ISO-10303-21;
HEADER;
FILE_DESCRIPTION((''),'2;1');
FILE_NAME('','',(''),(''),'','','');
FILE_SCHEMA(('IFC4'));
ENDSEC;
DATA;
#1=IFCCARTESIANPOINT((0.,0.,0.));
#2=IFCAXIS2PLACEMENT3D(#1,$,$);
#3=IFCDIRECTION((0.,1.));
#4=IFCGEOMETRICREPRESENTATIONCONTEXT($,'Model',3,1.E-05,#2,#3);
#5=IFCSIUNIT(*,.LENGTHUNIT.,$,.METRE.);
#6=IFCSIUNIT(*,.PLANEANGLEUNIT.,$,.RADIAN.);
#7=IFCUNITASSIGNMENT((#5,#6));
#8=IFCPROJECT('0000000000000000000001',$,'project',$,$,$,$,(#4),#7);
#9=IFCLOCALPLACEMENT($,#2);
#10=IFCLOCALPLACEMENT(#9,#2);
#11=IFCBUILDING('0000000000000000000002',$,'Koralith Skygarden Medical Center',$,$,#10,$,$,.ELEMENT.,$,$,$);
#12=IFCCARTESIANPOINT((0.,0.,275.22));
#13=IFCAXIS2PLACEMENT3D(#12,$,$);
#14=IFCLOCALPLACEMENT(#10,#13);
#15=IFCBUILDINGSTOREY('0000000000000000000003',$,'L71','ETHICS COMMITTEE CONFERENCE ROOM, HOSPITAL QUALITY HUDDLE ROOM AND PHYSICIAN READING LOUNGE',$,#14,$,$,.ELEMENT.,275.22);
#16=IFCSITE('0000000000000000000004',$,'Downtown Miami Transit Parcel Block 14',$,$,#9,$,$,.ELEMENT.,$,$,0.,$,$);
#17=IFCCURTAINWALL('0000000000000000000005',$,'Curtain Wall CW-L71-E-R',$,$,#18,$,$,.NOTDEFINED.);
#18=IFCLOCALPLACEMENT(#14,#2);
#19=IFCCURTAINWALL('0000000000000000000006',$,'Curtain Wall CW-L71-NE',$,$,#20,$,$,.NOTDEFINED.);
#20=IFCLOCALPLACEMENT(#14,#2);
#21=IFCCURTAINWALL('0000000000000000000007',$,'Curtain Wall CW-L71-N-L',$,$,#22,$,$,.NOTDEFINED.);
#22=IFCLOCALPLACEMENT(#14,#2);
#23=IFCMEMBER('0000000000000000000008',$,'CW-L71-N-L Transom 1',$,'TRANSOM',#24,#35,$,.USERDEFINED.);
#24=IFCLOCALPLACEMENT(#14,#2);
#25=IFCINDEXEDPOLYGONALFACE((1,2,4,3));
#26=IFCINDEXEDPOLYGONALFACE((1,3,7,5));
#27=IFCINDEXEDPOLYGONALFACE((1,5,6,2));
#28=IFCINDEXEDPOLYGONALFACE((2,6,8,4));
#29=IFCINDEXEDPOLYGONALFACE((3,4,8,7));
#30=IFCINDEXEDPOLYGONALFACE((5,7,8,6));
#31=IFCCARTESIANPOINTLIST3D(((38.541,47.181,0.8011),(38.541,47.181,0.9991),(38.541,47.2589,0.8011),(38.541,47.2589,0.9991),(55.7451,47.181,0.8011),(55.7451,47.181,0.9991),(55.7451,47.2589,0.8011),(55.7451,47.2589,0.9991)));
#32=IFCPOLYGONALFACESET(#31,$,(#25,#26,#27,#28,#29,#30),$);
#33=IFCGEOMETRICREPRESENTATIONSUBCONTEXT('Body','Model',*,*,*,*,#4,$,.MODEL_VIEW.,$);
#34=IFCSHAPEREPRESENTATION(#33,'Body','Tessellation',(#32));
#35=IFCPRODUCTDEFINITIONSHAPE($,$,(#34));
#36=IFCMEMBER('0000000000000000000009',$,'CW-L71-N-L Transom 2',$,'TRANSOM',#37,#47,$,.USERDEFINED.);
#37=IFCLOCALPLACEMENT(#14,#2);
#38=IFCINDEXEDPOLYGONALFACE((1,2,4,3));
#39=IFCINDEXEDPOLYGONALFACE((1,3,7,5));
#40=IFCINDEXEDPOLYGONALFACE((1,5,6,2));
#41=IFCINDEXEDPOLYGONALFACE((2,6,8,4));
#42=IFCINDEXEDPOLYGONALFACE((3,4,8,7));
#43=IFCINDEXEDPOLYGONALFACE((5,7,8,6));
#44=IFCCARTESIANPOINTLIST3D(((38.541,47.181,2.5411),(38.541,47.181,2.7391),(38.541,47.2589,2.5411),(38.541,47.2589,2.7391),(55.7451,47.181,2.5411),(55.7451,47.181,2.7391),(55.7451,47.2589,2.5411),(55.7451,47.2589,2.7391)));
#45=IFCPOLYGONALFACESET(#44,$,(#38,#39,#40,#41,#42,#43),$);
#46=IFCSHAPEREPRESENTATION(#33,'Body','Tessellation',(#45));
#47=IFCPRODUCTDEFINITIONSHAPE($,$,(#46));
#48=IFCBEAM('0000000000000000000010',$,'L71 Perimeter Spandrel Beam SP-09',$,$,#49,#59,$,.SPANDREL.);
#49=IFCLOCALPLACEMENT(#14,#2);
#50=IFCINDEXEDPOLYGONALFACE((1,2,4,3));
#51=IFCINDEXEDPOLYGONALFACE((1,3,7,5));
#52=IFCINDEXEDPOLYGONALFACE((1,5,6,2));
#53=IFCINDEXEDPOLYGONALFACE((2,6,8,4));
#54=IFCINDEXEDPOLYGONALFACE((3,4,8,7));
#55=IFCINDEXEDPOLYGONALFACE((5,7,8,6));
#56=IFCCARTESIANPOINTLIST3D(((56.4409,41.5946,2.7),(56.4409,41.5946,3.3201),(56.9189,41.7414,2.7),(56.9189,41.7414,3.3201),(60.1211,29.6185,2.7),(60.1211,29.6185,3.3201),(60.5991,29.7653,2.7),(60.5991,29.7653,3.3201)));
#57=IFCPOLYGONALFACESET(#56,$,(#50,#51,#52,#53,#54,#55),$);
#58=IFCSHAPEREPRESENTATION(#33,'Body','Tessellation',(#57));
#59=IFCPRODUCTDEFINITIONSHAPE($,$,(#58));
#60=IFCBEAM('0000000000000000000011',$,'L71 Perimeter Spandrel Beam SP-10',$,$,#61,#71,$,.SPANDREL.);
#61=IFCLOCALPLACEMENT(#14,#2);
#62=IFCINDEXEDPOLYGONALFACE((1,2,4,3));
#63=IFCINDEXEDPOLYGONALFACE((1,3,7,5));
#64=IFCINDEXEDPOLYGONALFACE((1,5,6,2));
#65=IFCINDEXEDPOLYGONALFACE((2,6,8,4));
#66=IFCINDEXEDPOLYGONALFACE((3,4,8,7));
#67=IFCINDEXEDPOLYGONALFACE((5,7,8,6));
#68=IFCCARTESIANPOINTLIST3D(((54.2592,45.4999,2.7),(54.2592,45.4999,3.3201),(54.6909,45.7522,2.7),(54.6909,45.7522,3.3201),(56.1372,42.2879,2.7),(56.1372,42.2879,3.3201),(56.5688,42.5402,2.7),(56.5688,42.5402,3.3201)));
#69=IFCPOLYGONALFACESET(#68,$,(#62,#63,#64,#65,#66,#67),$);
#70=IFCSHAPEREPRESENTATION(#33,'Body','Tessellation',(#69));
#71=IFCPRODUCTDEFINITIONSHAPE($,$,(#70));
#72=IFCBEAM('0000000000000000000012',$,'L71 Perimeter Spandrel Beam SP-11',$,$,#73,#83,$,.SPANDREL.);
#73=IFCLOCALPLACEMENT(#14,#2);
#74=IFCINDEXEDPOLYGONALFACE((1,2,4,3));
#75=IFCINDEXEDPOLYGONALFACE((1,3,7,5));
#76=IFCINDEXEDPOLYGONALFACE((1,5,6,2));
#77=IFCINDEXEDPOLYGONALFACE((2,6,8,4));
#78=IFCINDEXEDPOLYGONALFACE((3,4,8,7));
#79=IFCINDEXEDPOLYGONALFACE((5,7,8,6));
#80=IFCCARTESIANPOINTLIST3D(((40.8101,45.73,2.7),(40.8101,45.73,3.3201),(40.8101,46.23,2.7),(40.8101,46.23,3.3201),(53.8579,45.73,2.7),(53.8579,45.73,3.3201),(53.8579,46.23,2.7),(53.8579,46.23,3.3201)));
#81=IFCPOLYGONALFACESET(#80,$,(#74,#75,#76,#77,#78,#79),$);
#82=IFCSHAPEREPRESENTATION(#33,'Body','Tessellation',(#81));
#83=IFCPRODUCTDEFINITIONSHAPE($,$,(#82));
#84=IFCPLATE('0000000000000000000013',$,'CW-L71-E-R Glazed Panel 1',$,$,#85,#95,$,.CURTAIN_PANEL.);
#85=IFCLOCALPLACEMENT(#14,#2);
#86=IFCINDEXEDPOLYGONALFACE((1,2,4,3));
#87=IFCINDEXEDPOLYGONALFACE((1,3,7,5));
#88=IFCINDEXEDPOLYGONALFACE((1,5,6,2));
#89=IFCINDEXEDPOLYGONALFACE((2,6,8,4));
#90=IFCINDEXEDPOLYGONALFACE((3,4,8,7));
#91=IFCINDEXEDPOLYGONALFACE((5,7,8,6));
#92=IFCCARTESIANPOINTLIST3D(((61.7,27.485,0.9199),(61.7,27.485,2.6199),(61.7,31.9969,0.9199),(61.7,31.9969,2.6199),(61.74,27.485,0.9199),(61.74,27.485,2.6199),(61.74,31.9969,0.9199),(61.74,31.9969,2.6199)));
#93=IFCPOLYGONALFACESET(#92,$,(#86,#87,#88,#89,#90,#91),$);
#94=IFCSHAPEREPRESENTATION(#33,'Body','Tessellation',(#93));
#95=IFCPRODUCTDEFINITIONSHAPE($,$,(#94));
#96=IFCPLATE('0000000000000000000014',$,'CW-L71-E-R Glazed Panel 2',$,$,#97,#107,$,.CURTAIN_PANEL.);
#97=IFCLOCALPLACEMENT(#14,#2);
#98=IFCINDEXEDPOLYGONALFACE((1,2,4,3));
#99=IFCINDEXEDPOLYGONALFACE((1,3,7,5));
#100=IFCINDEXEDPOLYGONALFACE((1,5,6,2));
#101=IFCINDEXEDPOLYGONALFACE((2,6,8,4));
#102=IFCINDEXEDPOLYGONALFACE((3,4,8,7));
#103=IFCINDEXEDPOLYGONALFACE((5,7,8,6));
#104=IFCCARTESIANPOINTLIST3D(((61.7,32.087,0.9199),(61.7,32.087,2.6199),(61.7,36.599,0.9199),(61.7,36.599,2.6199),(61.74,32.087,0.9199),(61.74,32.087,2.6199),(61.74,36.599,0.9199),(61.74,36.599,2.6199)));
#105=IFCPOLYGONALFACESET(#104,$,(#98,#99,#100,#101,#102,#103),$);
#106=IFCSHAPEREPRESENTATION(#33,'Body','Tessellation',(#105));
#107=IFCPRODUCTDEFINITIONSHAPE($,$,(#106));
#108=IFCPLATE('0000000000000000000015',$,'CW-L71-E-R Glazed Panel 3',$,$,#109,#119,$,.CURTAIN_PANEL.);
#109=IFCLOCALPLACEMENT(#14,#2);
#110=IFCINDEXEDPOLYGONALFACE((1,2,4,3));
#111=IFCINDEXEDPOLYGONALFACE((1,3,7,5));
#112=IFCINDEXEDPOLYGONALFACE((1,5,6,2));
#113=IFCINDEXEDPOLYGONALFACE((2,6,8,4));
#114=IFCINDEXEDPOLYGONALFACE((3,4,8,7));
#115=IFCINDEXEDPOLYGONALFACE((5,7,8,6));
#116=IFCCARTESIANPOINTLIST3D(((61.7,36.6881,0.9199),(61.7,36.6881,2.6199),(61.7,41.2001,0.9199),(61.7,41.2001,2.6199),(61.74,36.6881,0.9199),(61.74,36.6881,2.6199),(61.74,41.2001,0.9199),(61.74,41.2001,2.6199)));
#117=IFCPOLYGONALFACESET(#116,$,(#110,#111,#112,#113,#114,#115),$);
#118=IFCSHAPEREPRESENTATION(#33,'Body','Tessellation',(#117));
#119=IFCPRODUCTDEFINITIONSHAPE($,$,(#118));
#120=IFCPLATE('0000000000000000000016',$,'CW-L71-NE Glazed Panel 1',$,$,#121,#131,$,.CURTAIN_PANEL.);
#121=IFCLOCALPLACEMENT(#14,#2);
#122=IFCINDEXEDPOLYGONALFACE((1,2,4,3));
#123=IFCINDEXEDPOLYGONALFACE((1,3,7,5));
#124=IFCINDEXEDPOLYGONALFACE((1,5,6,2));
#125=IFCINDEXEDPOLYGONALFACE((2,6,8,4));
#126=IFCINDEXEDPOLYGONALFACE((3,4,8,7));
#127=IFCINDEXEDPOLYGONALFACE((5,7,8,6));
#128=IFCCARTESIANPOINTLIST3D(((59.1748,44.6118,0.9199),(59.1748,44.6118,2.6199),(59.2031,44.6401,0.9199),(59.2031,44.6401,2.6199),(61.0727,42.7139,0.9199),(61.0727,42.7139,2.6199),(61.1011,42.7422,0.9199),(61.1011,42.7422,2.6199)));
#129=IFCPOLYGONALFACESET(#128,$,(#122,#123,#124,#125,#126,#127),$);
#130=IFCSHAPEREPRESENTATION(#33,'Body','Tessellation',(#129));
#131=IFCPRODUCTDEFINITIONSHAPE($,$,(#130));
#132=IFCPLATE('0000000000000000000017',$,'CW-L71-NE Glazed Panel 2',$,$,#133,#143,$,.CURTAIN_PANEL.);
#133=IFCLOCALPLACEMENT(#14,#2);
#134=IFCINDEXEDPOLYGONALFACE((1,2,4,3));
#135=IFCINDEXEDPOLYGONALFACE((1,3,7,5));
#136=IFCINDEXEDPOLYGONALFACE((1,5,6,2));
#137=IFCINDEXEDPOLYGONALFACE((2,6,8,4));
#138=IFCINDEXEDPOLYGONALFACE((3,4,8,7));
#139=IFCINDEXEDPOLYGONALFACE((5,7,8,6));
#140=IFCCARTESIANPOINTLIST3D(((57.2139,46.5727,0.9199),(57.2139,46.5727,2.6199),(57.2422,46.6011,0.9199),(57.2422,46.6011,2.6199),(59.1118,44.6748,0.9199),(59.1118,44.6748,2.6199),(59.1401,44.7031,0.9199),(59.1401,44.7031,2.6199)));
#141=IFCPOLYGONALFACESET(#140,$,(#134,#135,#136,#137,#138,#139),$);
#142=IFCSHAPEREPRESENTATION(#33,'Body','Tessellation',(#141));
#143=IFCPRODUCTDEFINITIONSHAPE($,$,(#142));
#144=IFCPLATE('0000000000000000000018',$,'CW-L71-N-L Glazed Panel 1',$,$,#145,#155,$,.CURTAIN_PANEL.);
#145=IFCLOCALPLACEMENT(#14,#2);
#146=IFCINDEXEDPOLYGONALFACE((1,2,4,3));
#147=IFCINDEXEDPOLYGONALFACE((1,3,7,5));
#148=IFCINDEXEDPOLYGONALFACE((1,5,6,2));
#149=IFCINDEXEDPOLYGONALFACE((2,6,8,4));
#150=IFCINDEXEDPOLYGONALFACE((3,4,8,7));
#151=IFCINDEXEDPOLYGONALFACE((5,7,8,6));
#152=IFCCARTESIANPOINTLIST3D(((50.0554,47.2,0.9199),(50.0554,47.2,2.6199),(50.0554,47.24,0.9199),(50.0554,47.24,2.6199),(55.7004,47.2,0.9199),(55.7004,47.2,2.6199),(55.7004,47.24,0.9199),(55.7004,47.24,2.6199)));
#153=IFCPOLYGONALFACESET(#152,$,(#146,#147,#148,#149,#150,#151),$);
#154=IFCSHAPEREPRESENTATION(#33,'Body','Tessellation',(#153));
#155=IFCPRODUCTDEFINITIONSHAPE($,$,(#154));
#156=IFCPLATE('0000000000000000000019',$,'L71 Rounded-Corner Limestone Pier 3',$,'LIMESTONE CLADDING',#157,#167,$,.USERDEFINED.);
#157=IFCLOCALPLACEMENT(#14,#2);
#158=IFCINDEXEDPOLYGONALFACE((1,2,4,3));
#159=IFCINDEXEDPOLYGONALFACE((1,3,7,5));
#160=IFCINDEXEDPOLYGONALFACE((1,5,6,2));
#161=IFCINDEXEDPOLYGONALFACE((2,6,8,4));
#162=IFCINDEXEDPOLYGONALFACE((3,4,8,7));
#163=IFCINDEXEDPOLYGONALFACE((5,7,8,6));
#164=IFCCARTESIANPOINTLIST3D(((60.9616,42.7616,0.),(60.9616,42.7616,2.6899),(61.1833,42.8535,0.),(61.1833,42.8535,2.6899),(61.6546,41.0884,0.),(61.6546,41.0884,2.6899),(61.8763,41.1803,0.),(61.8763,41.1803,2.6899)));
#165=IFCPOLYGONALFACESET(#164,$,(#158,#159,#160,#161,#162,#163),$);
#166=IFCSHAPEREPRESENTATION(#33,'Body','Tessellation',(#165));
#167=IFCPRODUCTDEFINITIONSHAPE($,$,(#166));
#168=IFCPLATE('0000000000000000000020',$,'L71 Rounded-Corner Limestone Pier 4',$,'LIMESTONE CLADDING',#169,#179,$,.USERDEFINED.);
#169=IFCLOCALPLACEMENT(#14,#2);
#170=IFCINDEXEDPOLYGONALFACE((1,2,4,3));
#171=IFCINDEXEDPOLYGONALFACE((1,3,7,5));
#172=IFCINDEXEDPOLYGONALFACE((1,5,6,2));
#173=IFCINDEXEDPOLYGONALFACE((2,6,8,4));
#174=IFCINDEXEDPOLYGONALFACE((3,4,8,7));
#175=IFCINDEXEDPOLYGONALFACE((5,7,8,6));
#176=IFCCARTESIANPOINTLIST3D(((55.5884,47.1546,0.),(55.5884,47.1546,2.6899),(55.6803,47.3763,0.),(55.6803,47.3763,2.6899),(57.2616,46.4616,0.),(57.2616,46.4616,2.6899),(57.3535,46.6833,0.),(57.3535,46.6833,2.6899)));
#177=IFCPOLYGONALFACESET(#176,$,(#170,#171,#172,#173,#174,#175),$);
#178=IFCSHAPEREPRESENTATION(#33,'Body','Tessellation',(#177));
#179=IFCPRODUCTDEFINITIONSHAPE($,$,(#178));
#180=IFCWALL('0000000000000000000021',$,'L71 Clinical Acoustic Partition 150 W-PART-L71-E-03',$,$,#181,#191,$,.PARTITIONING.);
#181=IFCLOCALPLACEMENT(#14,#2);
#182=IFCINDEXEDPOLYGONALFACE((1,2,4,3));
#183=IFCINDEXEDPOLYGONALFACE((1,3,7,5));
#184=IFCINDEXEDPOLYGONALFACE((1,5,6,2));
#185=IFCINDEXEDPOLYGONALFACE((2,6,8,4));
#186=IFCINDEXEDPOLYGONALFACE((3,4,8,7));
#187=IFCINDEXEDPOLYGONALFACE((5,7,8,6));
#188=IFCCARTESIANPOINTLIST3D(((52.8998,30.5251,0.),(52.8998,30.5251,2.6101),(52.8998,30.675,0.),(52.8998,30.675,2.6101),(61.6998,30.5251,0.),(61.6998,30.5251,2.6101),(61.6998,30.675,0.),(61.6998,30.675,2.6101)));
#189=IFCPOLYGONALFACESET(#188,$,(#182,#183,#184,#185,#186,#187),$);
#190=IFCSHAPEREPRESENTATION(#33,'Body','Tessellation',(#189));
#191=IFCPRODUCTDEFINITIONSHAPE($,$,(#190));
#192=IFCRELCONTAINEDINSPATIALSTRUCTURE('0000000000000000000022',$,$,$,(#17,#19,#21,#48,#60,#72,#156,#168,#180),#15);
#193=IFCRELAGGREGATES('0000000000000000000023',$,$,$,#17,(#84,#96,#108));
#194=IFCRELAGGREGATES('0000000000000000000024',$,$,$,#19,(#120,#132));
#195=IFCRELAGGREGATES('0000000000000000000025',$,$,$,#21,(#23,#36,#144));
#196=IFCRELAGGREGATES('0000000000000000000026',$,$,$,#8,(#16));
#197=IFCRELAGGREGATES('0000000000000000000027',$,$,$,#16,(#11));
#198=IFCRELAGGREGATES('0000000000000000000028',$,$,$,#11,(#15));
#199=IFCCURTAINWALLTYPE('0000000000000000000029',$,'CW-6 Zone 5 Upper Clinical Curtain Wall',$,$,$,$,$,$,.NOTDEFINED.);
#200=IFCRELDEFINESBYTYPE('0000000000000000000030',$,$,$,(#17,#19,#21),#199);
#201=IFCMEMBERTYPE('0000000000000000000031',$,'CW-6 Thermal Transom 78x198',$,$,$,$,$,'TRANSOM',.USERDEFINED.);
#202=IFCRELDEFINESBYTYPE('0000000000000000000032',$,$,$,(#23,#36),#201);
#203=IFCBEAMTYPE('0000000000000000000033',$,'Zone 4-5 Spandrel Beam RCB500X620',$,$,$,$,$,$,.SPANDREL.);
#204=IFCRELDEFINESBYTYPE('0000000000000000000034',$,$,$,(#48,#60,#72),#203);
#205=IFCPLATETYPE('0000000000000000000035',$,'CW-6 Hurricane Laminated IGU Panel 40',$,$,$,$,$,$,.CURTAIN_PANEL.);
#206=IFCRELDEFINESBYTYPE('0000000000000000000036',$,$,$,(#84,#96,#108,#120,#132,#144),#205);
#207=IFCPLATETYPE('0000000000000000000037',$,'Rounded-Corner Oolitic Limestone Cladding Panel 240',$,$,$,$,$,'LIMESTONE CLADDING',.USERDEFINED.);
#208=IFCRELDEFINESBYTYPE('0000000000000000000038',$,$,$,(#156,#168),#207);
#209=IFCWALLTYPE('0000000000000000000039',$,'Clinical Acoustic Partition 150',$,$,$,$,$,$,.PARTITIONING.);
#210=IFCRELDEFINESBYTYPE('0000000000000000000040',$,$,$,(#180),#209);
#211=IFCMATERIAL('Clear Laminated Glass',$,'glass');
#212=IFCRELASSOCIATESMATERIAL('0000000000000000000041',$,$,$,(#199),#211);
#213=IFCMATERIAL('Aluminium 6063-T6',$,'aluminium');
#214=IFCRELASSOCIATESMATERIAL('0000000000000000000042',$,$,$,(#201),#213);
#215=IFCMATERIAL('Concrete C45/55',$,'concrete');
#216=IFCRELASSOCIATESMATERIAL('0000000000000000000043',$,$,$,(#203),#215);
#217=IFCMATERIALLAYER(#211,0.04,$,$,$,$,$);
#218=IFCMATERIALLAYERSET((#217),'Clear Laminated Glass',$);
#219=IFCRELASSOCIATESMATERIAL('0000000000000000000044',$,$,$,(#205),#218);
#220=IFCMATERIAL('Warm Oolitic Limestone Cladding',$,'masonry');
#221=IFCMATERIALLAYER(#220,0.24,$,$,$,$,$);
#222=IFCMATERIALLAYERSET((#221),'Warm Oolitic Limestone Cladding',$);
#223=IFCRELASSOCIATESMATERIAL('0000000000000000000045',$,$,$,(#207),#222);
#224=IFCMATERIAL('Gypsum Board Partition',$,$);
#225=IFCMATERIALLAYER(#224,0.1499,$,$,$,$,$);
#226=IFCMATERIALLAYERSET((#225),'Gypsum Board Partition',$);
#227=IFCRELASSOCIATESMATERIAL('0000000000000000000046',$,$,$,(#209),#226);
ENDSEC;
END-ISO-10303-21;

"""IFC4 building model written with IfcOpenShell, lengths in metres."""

from ifc_helpers import new_model, si_unit, direction, frame, frame_2d, origin, origin_2d, place, context, subcontext, project, spatial, rectangle, extrude, material, layer, layer_set, material_profile, profile_set, type_object, element, aggregate, save


model = new_model("IFC4")

# Units and contexts
model_context = context("Model", 3, precision=1e-05, world=origin(), true_north=direction((0.0, 1.0)))
body_context = subcontext(model_context, "Body", "Model", "MODEL_VIEW")
ifc_project = project(units=[si_unit("LENGTHUNIT", "METRE"), si_unit("PLANEANGLEUNIT", "RADIAN")], contexts=[model_context])

# Site, building, storey
site_placement = place(None, origin())
site = spatial("IfcSite", under=ifc_project, at=site_placement, Name="Downtown Miami Transit Parcel Block 14", CompositionType="ELEMENT", RefElevation=0.0)
building_placement = place(site_placement, origin())
building = spatial("IfcBuilding", under=site, at=building_placement, Name="Koralith Skygarden Medical Center", CompositionType="ELEMENT")
storey_placement = place(building_placement, frame((0.0, 0.0, 275.22)))
storey = spatial("IfcBuildingStorey", under=building, at=storey_placement, Name="L71", Description="ETHICS COMMITTEE CONFERENCE ROOM, HOSPITAL QUALITY HUDDLE ROOM AND PHYSICIAN READING LOUNGE", CompositionType="ELEMENT", Elevation=275.22)

# Curtain walls
ifc_material_1 = material(Name="Clear Laminated Glass", Category="glass")
curtain_wall_type = type_object("IfcCurtainWallType", Name="CW-6 Zone 5 Upper Clinical Curtain Wall", PredefinedType="NOTDEFINED", material=ifc_material_1)
curtain_wall_1_placement = place(storey_placement, origin())
curtain_wall_1 = element("IfcCurtainWall", 1, at=curtain_wall_1_placement, inside=storey, type_object=curtain_wall_type, Name="Curtain Wall CW-L71-E-R", PredefinedType="NOTDEFINED")
ifc_material_2 = material(Name="Aluminium 6063-T6", Category="aluminium")
curtain_wall_2_placement = place(storey_placement, origin())
curtain_wall_2 = element("IfcCurtainWall", 2, at=curtain_wall_2_placement, inside=storey, type_object=curtain_wall_type, Name="Curtain Wall CW-L71-NE", PredefinedType="NOTDEFINED")

# Curtain wall
curtain_wall_3_placement = place(storey_placement, origin())
curtain_wall_3 = element("IfcCurtainWall", 3, at=curtain_wall_3_placement, inside=storey, type_object=curtain_wall_type, Name="Curtain Wall CW-L71-N-L", PredefinedType="NOTDEFINED")

# Members
ifc_material_profile_1 = material_profile(ifc_material_2, rectangle(XDim=0.0779, YDim=0.198, at=origin_2d()), Name="TRN78X198")
ifc_profile_set_1 = profile_set([ifc_material_profile_1], Name="Aluminium 6063-T6")
member_type_1 = type_object("IfcMemberType", Name="CW-6 Thermal Transom 78x198", ElementType="TRANSOM", PredefinedType="USERDEFINED", material=ifc_profile_set_1)
member_1_placement = place(storey_placement, frame((55.7451, 47.22, 0.9001), z_axis=(-1.0, 0.0, 0.0), x_axis=(0.0, -1.0, 0.0)))
member_1 = element("IfcMember", 4, at=member_1_placement, type_object=member_type_1, Name="CW-L71-N-L Transom 1", ObjectType="TRANSOM", PredefinedType="USERDEFINED", context=body_context, shape_type="SweptSolid", body=[
    extrude(rectangle(XDim=0.0779, YDim=0.198, at=origin_2d()), origin(), (0.0, 0.0, 1.0), 17.2041),
])
member_2_placement = place(storey_placement, frame((55.7451, 47.22, 2.6401), z_axis=(-1.0, 0.0, 0.0), x_axis=(0.0, -1.0, 0.0)))
member_2 = element("IfcMember", 5, at=member_2_placement, type_object=member_type_1, Name="CW-L71-N-L Transom 2", ObjectType="TRANSOM", PredefinedType="USERDEFINED", context=body_context, shape_type="SweptSolid", body=[
    extrude(rectangle(XDim=0.0779, YDim=0.198, at=origin_2d()), origin(), (0.0, 0.0, 1.0), 17.2041),
])

# Beams
ifc_material_3 = material(Name="Concrete C45/55", Category="concrete")
ifc_material_profile_2 = material_profile(ifc_material_3, rectangle(XDim=0.5, YDim=0.6201, at=origin_2d()), Name="RCB500X620")
ifc_profile_set_2 = profile_set([ifc_material_profile_2], Name="Concrete C45/55")
beam_type = type_object("IfcBeamType", Name="Zone 4-5 Spandrel Beam RCB500X620", PredefinedType="SPANDREL", material=ifc_profile_set_2)
beam_1_placement = place(storey_placement, frame((60.3601, 29.6919, 3.01), z_axis=(-0.293738, 0.955886, 0.0), x_axis=(-0.955886, -0.293738, 0.0)))
element("IfcBeam", 6, at=beam_1_placement, inside=storey, type_object=beam_type, Name="L71 Perimeter Spandrel Beam SP-09", PredefinedType="SPANDREL", context=body_context, shape_type="SweptSolid", body=[
    extrude(rectangle(XDim=0.5, YDim=0.6201, at=origin_2d()), origin(), (0.0, 0.0, 1.0), 12.5288),
])
beam_2_placement = place(storey_placement, frame((56.353, 42.4141, 3.01), z_axis=(-0.504736, 0.863274, 0.0), x_axis=(-0.863274, -0.504736, 0.0)))
element("IfcBeam", 7, at=beam_2_placement, inside=storey, type_object=beam_type, Name="L71 Perimeter Spandrel Beam SP-10", PredefinedType="SPANDREL", context=body_context, shape_type="SweptSolid", body=[
    extrude(rectangle(XDim=0.5, YDim=0.6201, at=origin_2d()), origin(), (0.0, 0.0, 1.0), 3.7207),
])
beam_3_placement = place(storey_placement, frame((53.8579, 45.98, 3.01), z_axis=(-1.0, 0.0, 0.0), x_axis=(0.0, -1.0, 0.0)))
element("IfcBeam", 8, at=beam_3_placement, inside=storey, type_object=beam_type, Name="L71 Perimeter Spandrel Beam SP-11", PredefinedType="SPANDREL", context=body_context, shape_type="SweptSolid", body=[
    extrude(rectangle(XDim=0.5, YDim=0.6201, at=origin_2d()), origin(), (0.0, 0.0, 1.0), 13.0479),
])

# Plates
ifc_layer_1 = layer(ifc_material_1, 0.04)
ifc_layer_set_1 = layer_set([ifc_layer_1], Name="Clear Laminated Glass")
plate_type_1 = type_object("IfcPlateType", Name="CW-6 Hurricane Laminated IGU Panel 40", PredefinedType="CURTAIN_PANEL", material=ifc_layer_set_1)
plate_1_placement = place(storey_placement, frame((61.72, 29.741, 0.9199), z_axis=(0.0, 0.0, 1.0), x_axis=(0.0, 1.0, 0.0)))
plate_1 = element("IfcPlate", 9, at=plate_1_placement, type_object=plate_type_1, Name="CW-L71-E-R Glazed Panel 1", PredefinedType="CURTAIN_PANEL", context=body_context, shape_type="SweptSolid", body=[
    extrude(rectangle(XDim=4.512, YDim=0.04, at=origin_2d()), origin(), (0.0, 0.0, 1.0), 1.7),
])
plate_2_placement = place(storey_placement, frame((61.72, 34.343, 0.9199), z_axis=(0.0, 0.0, 1.0), x_axis=(0.0, 1.0, 0.0)))
plate_2 = element("IfcPlate", 10, at=plate_2_placement, type_object=plate_type_1, Name="CW-L71-E-R Glazed Panel 2", PredefinedType="CURTAIN_PANEL", context=body_context, shape_type="SweptSolid", body=[
    extrude(rectangle(XDim=4.512, YDim=0.04, at=origin_2d()), origin(), (0.0, 0.0, 1.0), 1.7),
])
plate_3_placement = place(storey_placement, frame((61.72, 38.9441, 0.9199), z_axis=(0.0, 0.0, 1.0), x_axis=(0.0, 1.0, 0.0)))
plate_3 = element("IfcPlate", 11, at=plate_3_placement, type_object=plate_type_1, Name="CW-L71-E-R Glazed Panel 3", PredefinedType="CURTAIN_PANEL", context=body_context, shape_type="SweptSolid", body=[
    extrude(rectangle(XDim=4.512, YDim=0.04, at=origin_2d()), origin(), (0.0, 0.0, 1.0), 1.7),
])
aggregate(curtain_wall_1, [plate_1, plate_2, plate_3])
plate_4_placement = place(storey_placement, frame((60.1379, 43.677, 0.9199), z_axis=(0.0, 0.0, 1.0), x_axis=(-0.707107, 0.707107, 0.0)))
plate_4 = element("IfcPlate", 12, at=plate_4_placement, type_object=plate_type_1, Name="CW-L71-NE Glazed Panel 1", PredefinedType="CURTAIN_PANEL", context=body_context, shape_type="SweptSolid", body=[
    extrude(rectangle(XDim=2.6841, YDim=0.04, at=origin_2d()), origin(), (0.0, 0.0, 1.0), 1.7),
])
plate_5_placement = place(storey_placement, frame((58.177, 45.6379, 0.9199), z_axis=(0.0, 0.0, 1.0), x_axis=(-0.707107, 0.707107, 0.0)))
plate_5 = element("IfcPlate", 13, at=plate_5_placement, type_object=plate_type_1, Name="CW-L71-NE Glazed Panel 2", PredefinedType="CURTAIN_PANEL", context=body_context, shape_type="SweptSolid", body=[
    extrude(rectangle(XDim=2.6841, YDim=0.04, at=origin_2d()), origin(), (0.0, 0.0, 1.0), 1.7),
])
aggregate(curtain_wall_2, [plate_4, plate_5])
plate_6_placement = place(storey_placement, frame((52.8779, 47.22, 0.9199), z_axis=(0.0, 0.0, 1.0), x_axis=(-1.0, 0.0, 0.0)))
plate_6 = element("IfcPlate", 14, at=plate_6_placement, type_object=plate_type_1, Name="CW-L71-N-L Glazed Panel 1", PredefinedType="CURTAIN_PANEL", context=body_context, shape_type="SweptSolid", body=[
    extrude(rectangle(XDim=5.645, YDim=0.04, at=origin_2d()), origin(), (0.0, 0.0, 1.0), 1.7),
])
aggregate(curtain_wall_3, [member_1, member_2, plate_6])

# Plates
ifc_material_4 = material(Name="Warm Oolitic Limestone Cladding", Category="masonry")
ifc_layer_2 = layer(ifc_material_4, 0.24)
ifc_layer_set_2 = layer_set([ifc_layer_2], Name="Warm Oolitic Limestone Cladding")
plate_type_2 = type_object("IfcPlateType", Name="Rounded-Corner Oolitic Limestone Cladding Panel 240", ElementType="LIMESTONE CLADDING", PredefinedType="USERDEFINED", material=ifc_layer_set_2)
for number, where, z_axis, x_axis, name in (
    (15, (61.4189, 41.9709, 0.0), (0.0, 0.0, 1.0), (-0.382671, 0.923885, 0.0), "L71 Rounded-Corner Limestone Pier 3"),
    (16, (56.4709, 46.9189, 0.0), (0.0, 0.0, 1.0), (-0.923885, 0.382671, 0.0), "L71 Rounded-Corner Limestone Pier 4"),
):
    element("IfcPlate", number, at=place(storey_placement, frame(where, z_axis=z_axis, x_axis=x_axis)), inside=storey, type_object=plate_type_2, Name=name, ObjectType="LIMESTONE CLADDING", PredefinedType="USERDEFINED", context=body_context, shape_type="SweptSolid", body=[
        extrude(rectangle(XDim=1.811, YDim=0.24, at=origin_2d()), origin(), (0.0, 0.0, 1.0), 2.6899),
    ])

# Wall
ifc_material_5 = material(Name="Gypsum Board Partition")
ifc_layer_3 = layer(ifc_material_5, 0.1499)
ifc_layer_set_3 = layer_set([ifc_layer_3], Name="Gypsum Board Partition")
wall_type_1 = type_object("IfcWallType", Name="Clinical Acoustic Partition 150", PredefinedType="PARTITIONING", material=ifc_layer_set_3)
wall_1_placement = place(storey_placement, frame((52.8999, 30.6001, 0.0), z_axis=(0.0, 0.0, 1.0), x_axis=(1.0, 0.0, 0.0)))
element("IfcWall", 17, at=wall_1_placement, inside=storey, type_object=wall_type_1, Name="L71 Clinical Acoustic Partition 150 W-PART-L71-E-03", PredefinedType="PARTITIONING", context=body_context, shape_type="SweptSolid", body=[
    extrude(rectangle(XDim=8.8, YDim=0.1499, at=frame_2d((4.3999, 0.0))), origin(), (0.0, 0.0, 1.0), 2.6101),
])

save(model, "model.ifc")
